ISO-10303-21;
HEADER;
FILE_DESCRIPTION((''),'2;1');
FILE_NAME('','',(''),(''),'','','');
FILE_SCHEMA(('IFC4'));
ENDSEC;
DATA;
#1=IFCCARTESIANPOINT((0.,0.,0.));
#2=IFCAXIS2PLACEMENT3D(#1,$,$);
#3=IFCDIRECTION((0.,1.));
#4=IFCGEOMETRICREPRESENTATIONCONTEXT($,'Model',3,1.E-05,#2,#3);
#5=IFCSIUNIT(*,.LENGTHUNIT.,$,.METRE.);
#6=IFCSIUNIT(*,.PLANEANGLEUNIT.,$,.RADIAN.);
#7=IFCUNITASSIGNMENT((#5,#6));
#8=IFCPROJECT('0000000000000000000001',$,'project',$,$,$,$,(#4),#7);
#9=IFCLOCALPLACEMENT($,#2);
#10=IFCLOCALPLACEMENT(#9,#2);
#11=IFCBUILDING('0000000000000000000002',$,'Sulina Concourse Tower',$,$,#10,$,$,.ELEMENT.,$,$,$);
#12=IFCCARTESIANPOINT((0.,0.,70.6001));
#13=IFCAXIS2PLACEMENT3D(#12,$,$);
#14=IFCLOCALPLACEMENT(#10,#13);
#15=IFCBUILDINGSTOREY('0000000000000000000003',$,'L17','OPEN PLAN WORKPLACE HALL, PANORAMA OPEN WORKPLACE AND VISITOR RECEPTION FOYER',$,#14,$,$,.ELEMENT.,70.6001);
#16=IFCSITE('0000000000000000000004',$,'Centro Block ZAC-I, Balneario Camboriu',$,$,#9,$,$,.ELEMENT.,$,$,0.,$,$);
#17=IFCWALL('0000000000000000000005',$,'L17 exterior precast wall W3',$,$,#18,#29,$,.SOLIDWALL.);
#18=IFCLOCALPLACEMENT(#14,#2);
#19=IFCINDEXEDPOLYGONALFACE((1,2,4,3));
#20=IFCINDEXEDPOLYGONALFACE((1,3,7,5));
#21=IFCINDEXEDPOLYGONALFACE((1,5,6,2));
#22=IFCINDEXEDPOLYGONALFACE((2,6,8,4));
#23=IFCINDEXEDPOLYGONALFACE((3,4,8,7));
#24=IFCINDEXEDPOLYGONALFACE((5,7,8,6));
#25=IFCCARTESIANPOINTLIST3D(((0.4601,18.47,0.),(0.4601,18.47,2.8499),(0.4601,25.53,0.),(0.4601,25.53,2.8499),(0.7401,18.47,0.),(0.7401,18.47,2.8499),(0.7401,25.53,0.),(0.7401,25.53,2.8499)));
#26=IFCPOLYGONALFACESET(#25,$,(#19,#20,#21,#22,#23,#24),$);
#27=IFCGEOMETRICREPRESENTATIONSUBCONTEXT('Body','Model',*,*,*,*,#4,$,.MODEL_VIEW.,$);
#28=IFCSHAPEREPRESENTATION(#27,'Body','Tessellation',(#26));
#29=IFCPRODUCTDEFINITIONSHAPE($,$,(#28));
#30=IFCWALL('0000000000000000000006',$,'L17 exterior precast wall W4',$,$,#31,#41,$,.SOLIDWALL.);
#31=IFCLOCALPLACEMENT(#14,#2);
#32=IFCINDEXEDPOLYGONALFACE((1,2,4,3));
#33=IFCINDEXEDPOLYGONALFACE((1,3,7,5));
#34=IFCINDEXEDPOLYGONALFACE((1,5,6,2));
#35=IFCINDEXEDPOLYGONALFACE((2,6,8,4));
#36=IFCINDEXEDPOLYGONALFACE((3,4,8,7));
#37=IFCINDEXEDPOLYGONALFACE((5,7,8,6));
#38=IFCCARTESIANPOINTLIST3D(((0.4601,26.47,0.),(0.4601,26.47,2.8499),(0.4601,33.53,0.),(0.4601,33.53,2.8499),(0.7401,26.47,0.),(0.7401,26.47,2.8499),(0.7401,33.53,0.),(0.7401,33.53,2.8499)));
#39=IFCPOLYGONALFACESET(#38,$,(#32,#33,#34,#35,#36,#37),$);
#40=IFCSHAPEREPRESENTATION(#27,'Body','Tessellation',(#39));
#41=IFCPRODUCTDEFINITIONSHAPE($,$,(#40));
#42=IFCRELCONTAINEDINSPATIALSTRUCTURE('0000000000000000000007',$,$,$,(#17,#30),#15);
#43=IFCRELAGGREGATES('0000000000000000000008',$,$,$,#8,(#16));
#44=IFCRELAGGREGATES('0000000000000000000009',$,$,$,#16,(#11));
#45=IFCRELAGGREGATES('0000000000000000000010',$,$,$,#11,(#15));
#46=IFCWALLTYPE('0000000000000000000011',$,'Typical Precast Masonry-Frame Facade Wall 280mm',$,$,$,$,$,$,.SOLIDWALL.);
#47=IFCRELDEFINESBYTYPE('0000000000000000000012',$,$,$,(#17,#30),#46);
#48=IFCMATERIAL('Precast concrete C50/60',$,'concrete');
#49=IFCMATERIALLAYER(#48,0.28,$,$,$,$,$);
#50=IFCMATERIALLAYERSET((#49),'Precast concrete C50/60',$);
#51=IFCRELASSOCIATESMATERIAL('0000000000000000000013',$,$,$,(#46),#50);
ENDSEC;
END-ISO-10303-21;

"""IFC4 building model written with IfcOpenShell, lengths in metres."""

from ifc_helpers import new_model, si_unit, direction, frame, frame_2d, origin, place, context, subcontext, project, spatial, rectangle, extrude, material, layer, layer_set, type_object, element, save


model = new_model("IFC4")

# Units and contexts
model_context = context("Model", 3, precision=1e-05, world=origin(), true_north=direction((0.0, 1.0)))
body_context = subcontext(model_context, "Body", "Model", "MODEL_VIEW")
ifc_project = project(units=[si_unit("LENGTHUNIT", "METRE"), si_unit("PLANEANGLEUNIT", "RADIAN")], contexts=[model_context])

# Site, building, storey
site_placement = place(None, origin())
site = spatial("IfcSite", under=ifc_project, at=site_placement, Name="Centro Block ZAC-I, Balneario Camboriu", CompositionType="ELEMENT", RefElevation=0.0)
building_placement = place(site_placement, origin())
building = spatial("IfcBuilding", under=site, at=building_placement, Name="Sulina Concourse Tower", CompositionType="ELEMENT")
storey_placement = place(building_placement, frame((0.0, 0.0, 70.6001)))
storey = spatial("IfcBuildingStorey", under=building, at=storey_placement, Name="L17", Description="OPEN PLAN WORKPLACE HALL, PANORAMA OPEN WORKPLACE AND VISITOR RECEPTION FOYER", CompositionType="ELEMENT", Elevation=70.6001)

# Walls
ifc_material_1 = material(Name="Precast concrete C50/60", Category="concrete")
ifc_layer_1 = layer(ifc_material_1, 0.28)
ifc_layer_set_1 = layer_set([ifc_layer_1], Name="Precast concrete C50/60")
wall_type_1 = type_object("IfcWallType", Name="Typical Precast Masonry-Frame Facade Wall 280mm", PredefinedType="SOLIDWALL", material=ifc_layer_set_1)
for number, where, z_axis, x_axis, name in (
    (1, (0.6001, 18.47, 0.0), (0.0, 0.0, 1.0), (0.0, 1.0, 0.0), "L17 exterior precast wall W3"),
    (2, (0.6001, 26.47, 0.0), (0.0, 0.0, 1.0), (0.0, 1.0, 0.0), "L17 exterior precast wall W4"),
):
    element("IfcWall", number, at=place(storey_placement, frame(where, z_axis=z_axis, x_axis=x_axis)), inside=storey, type_object=wall_type_1, Name=name, PredefinedType="SOLIDWALL", context=body_context, shape_type="SweptSolid", body=[
        extrude(rectangle(XDim=7.0601, YDim=0.28, at=frame_2d((3.53, 0.0))), origin(), (0.0, 0.0, 1.0), 2.8499),
    ])

save(model, "model.ifc")
